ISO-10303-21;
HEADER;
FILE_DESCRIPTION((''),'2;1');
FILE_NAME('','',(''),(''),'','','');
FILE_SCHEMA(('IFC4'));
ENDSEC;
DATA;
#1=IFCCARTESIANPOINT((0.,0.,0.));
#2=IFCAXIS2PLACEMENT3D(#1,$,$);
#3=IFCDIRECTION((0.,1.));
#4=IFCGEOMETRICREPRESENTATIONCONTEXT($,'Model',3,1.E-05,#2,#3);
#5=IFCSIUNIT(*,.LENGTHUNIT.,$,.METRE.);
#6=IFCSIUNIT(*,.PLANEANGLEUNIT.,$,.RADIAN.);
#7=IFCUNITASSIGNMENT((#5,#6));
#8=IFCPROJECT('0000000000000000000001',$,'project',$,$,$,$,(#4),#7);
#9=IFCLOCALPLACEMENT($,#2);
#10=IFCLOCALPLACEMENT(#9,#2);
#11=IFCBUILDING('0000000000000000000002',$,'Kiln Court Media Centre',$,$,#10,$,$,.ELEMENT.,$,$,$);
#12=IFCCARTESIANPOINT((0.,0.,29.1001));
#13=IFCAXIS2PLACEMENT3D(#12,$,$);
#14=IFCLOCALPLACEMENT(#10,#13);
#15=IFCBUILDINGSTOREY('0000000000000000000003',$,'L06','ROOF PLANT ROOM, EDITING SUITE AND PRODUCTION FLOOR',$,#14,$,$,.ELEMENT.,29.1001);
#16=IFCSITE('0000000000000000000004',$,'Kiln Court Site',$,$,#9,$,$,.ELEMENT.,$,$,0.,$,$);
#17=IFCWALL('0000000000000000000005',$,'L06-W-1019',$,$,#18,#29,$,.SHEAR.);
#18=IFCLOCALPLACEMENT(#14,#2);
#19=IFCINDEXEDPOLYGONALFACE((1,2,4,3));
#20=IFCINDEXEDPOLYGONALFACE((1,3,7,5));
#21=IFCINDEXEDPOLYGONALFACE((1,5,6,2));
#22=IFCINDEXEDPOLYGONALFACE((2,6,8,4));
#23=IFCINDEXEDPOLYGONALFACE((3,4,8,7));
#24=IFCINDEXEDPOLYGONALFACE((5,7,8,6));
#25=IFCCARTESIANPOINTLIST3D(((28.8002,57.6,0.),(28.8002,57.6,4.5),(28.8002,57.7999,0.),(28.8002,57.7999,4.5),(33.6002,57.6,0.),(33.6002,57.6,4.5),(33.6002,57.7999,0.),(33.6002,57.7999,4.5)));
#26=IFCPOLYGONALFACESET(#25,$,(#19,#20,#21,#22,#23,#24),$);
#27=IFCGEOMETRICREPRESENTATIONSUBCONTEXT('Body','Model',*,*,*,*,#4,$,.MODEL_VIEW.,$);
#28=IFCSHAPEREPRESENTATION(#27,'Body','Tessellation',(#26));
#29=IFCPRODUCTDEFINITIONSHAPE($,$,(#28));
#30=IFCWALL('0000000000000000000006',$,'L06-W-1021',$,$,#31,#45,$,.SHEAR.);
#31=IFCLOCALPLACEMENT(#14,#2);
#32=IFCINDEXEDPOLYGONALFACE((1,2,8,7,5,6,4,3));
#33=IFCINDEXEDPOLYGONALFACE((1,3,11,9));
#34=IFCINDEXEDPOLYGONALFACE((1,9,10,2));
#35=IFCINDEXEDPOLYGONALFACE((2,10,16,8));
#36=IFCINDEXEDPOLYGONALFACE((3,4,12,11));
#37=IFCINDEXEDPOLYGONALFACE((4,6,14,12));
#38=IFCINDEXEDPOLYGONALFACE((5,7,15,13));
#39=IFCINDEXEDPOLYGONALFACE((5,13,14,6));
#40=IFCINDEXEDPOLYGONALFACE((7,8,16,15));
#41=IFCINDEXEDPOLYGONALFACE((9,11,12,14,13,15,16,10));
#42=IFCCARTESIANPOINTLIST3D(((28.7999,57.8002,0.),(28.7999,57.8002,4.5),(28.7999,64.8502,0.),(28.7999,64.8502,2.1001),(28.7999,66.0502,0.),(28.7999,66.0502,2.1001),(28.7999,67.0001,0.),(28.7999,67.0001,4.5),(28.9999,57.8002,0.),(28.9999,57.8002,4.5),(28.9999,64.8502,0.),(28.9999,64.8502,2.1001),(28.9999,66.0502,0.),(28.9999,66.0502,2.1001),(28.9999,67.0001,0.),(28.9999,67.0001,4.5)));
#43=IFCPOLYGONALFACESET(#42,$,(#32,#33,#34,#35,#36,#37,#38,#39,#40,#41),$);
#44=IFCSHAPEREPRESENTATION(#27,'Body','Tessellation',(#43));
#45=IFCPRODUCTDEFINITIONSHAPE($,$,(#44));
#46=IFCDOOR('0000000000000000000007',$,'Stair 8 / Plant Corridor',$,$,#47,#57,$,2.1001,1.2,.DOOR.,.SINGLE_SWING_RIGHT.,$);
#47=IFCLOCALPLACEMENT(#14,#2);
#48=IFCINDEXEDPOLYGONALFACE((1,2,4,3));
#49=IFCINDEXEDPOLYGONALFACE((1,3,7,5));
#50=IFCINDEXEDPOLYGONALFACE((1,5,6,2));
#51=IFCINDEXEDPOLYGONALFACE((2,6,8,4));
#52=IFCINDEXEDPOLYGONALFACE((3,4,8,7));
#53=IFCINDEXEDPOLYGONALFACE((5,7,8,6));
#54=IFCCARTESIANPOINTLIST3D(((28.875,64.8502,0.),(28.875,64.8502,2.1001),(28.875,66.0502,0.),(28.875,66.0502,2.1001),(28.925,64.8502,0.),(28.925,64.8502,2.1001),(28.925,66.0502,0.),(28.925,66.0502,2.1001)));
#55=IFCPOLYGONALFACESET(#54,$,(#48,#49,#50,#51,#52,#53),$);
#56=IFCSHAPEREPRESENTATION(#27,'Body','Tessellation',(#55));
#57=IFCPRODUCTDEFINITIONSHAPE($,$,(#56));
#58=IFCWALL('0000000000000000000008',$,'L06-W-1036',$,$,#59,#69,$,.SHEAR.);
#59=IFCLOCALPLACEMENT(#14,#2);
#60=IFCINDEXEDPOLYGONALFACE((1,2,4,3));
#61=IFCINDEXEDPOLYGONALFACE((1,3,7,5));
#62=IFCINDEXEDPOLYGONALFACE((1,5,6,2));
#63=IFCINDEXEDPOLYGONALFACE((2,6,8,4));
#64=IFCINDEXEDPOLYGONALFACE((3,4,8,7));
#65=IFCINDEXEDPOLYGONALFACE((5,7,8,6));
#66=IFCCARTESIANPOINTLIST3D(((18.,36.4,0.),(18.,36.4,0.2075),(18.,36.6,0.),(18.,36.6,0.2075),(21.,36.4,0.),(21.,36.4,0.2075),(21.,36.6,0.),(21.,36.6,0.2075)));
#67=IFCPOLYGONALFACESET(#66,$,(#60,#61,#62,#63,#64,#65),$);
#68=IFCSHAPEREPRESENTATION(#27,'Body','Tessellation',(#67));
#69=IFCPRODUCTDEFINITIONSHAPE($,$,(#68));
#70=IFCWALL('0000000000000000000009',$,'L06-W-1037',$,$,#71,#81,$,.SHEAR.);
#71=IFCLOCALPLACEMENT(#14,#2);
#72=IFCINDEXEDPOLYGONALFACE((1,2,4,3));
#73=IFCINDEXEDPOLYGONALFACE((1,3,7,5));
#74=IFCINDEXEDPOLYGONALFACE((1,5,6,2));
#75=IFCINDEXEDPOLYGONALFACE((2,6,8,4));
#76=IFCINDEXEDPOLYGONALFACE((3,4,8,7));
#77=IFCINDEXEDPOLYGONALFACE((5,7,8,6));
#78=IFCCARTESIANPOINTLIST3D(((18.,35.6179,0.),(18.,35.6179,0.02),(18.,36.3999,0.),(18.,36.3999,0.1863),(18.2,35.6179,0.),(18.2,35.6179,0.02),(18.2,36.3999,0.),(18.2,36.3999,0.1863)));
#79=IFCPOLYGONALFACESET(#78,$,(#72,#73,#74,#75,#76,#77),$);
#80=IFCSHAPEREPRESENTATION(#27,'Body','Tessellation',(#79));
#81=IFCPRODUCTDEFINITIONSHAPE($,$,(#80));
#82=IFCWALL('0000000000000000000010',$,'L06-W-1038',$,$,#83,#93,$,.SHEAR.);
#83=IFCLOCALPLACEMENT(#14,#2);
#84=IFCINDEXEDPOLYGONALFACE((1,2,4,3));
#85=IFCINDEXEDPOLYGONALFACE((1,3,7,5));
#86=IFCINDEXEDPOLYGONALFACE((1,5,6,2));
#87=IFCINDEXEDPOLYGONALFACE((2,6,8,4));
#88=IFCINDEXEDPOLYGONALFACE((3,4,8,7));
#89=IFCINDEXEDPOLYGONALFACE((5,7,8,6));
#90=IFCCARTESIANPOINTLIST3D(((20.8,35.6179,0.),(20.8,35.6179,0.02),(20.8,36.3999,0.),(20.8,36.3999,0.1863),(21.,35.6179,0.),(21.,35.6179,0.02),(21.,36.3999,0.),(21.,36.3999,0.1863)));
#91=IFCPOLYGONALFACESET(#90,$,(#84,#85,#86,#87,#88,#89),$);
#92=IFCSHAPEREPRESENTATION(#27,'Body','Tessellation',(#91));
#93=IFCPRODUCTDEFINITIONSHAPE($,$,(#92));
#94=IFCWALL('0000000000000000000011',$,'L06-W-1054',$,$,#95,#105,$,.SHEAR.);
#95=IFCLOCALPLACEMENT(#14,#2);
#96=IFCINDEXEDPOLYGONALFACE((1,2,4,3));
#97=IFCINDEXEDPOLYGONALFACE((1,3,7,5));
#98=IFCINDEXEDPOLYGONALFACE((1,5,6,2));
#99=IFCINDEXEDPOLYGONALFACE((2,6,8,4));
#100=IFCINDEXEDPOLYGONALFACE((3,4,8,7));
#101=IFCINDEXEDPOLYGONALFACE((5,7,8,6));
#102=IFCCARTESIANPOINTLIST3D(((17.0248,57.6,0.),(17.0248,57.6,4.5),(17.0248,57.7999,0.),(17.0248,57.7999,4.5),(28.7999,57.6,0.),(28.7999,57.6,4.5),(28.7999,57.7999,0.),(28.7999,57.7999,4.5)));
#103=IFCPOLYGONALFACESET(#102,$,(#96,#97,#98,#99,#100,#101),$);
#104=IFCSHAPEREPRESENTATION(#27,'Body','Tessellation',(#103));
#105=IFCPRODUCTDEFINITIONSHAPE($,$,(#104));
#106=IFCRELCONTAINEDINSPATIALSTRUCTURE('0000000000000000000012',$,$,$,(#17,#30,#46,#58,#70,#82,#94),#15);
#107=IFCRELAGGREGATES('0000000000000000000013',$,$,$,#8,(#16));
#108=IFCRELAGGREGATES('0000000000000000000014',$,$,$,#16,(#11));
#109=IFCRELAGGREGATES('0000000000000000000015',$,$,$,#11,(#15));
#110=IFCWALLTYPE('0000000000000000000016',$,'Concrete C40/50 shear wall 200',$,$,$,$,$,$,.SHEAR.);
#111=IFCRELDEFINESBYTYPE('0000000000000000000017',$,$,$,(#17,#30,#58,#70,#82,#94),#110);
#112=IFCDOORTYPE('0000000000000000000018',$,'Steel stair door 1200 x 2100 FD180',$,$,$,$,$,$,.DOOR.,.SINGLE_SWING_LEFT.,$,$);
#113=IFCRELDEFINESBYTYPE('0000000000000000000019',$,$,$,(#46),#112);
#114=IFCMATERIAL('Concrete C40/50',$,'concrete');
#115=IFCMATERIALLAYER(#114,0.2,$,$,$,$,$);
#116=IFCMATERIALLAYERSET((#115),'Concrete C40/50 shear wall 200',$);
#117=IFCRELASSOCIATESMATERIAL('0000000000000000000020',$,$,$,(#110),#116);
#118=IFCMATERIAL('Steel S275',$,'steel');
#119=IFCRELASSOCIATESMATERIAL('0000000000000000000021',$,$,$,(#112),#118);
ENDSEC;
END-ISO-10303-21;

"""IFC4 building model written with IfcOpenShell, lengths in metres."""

from ifc_helpers import new_model, si_unit, direction, frame, frame_2d, origin, place, context, subcontext, project, spatial, polyline, rectangle, outline, extrude, material, layer, layer_set, type_object, element, fill, save


model = new_model("IFC4")

# Units and contexts
model_context = context("Model", 3, precision=1e-05, world=origin(), true_north=direction((0.0, 1.0)))
body_context = subcontext(model_context, "Body", "Model", "MODEL_VIEW")
ifc_project = project(units=[si_unit("LENGTHUNIT", "METRE"), si_unit("PLANEANGLEUNIT", "RADIAN")], contexts=[model_context])

# Site, building, storey
site_placement = place(None, origin())
site = spatial("IfcSite", under=ifc_project, at=site_placement, Name="Kiln Court Site", CompositionType="ELEMENT", RefElevation=0.0)
building_placement = place(site_placement, origin())
building = spatial("IfcBuilding", under=site, at=building_placement, Name="Kiln Court Media Centre", CompositionType="ELEMENT")
storey_placement = place(building_placement, frame((0.0, 0.0, 29.1001)))
storey = spatial("IfcBuildingStorey", under=building, at=storey_placement, Name="L06", Description="ROOF PLANT ROOM, EDITING SUITE AND PRODUCTION FLOOR", CompositionType="ELEMENT", Elevation=29.1001)

# Wall
ifc_material_1 = material(Name="Concrete C40/50", Category="concrete")
ifc_layer_1 = layer(ifc_material_1, 0.2)
ifc_layer_set_1 = layer_set([ifc_layer_1], Name="Concrete C40/50 shear wall 200")
wall_type_1 = type_object("IfcWallType", Name="Concrete C40/50 shear wall 200", PredefinedType="SHEAR", material=ifc_layer_set_1)
wall_1_placement = place(storey_placement, frame((33.6001, 57.7, 0.0), z_axis=(0.0, 0.0, 1.0), x_axis=(-1.0, 0.0, 0.0)))
element("IfcWall", 1, at=wall_1_placement, inside=storey, type_object=wall_type_1, Name="L06-W-1019", PredefinedType="SHEAR", context=body_context, shape_type="SweptSolid", body=[
    extrude(rectangle(XDim=4.8, YDim=0.2, at=frame_2d((2.3999, 0.0))), origin(), (0.0, 0.0, 1.0), 4.5),
])

# Wall, opening, door
wall_2_placement = place(storey_placement, frame((28.8999, 57.8, 0.0), z_axis=(0.0, 0.0, 1.0), x_axis=(0.0, 1.0, 0.0)))
wall_2 = element("IfcWall", 2, at=wall_2_placement, inside=storey, type_object=wall_type_1, Name="L06-W-1021", PredefinedType="SHEAR", context=body_context, shape_type="SweptSolid", body=[
    extrude(rectangle(XDim=9.2, YDim=0.2, at=frame_2d((4.6001, 0.0))), origin(), (0.0, 0.0, 1.0), 4.5),
])
opening_placement = place(wall_2_placement, frame((7.05, 0.0, 0.0)))
opening = element("IfcOpeningElement", 3, at=opening_placement, cuts=wall_2, PredefinedType="OPENING", context=body_context, shape_type="SweptSolid", body=[
    extrude(rectangle(XDim=1.2, YDim=2.1001, at=frame_2d((0.6001, 1.05))), frame((0.0, 0.1099, 0.0), z_axis=(0.0, -1.0, 0.0), x_axis=(1.0, 0.0, 0.0)), (0.0, 0.0, 1.0), 0.22),
])
ifc_material_2 = material(Name="Steel S275", Category="steel")
door_type = type_object("IfcDoorType", Name="Steel stair door 1200 x 2100 FD180", OperationType="SINGLE_SWING_LEFT", PredefinedType="DOOR", material=ifc_material_2)
door_placement = place(opening_placement, origin())
door = element("IfcDoor", 4, at=door_placement, inside=storey, type_object=door_type, Name="Stair 8 / Plant Corridor", OperationType="SINGLE_SWING_RIGHT", OverallHeight=2.1001, OverallWidth=1.2, PredefinedType="DOOR", context=body_context, shape_type="SweptSolid", body=[
    extrude(rectangle(XDim=1.2, YDim=2.1001, at=frame_2d((0.6001, 1.05))), frame((0.0, 0.0249, 0.0), z_axis=(0.0, -1.0, 0.0), x_axis=(1.0, 0.0, 0.0)), (0.0, 0.0, 1.0), 0.05),
])
fill(opening, door)

# Walls
wall_3_placement = place(storey_placement, frame((18.0, 36.5, 0.0), z_axis=(0.0, 0.0, 1.0), x_axis=(1.0, 0.0, 0.0)))
element("IfcWall", 5, at=wall_3_placement, inside=storey, type_object=wall_type_1, Name="L06-W-1036", PredefinedType="SHEAR", context=body_context, shape_type="SweptSolid", body=[
    extrude(rectangle(XDim=3.0, YDim=0.2, at=frame_2d((1.5, 0.0))), origin(), (0.0, 0.0, 1.0), 0.2075),
])
wall_4_placement = place(storey_placement, frame((18.1001, 35.6179, 0.0), z_axis=(0.0, 0.0, 1.0), x_axis=(0.0, 1.0, 0.0)))
element("IfcWall", 6, at=wall_4_placement, inside=storey, type_object=wall_type_1, Name="L06-W-1037", PredefinedType="SHEAR", context=body_context, shape_type="SweptSolid", body=[
    extrude(outline(polyline([(0.0, 0.0), (0.782, 0.0), (0.782, 0.1863), (0.0, 0.02), (0.0, 0.0)])), frame((0.0, 0.1001, 0.0), z_axis=(0.0, -1.0, 0.0), x_axis=(1.0, 0.0, 0.0)), (0.0, 0.0, 1.0), 0.2),
])
wall_5_placement = place(storey_placement, frame((20.8999, 36.3999, 0.0), z_axis=(0.0, 0.0, 1.0), x_axis=(0.0, -1.0, 0.0)))
element("IfcWall", 7, at=wall_5_placement, inside=storey, type_object=wall_type_1, Name="L06-W-1038", PredefinedType="SHEAR", context=body_context, shape_type="SweptSolid", body=[
    extrude(outline(polyline([(0.0, 0.0), (0.782, 0.0), (0.782, 0.02), (0.0, 0.1863), (0.0, 0.0)])), frame((0.0, 0.1001, 0.0), z_axis=(0.0, -1.0, 0.0), x_axis=(1.0, 0.0, 0.0)), (0.0, 0.0, 1.0), 0.2),
])
wall_6_placement = place(storey_placement, frame((28.8, 57.7, 0.0), z_axis=(0.0, 0.0, 1.0), x_axis=(-1.0, 0.0, 0.0)))
element("IfcWall", 8, at=wall_6_placement, inside=storey, type_object=wall_type_1, Name="L06-W-1054", PredefinedType="SHEAR", context=body_context, shape_type="SweptSolid", body=[
    extrude(rectangle(XDim=11.7751, YDim=0.2, at=frame_2d((5.8877, 0.0))), origin(), (0.0, 0.0, 1.0), 4.5),
])

save(model, "model.ifc")
